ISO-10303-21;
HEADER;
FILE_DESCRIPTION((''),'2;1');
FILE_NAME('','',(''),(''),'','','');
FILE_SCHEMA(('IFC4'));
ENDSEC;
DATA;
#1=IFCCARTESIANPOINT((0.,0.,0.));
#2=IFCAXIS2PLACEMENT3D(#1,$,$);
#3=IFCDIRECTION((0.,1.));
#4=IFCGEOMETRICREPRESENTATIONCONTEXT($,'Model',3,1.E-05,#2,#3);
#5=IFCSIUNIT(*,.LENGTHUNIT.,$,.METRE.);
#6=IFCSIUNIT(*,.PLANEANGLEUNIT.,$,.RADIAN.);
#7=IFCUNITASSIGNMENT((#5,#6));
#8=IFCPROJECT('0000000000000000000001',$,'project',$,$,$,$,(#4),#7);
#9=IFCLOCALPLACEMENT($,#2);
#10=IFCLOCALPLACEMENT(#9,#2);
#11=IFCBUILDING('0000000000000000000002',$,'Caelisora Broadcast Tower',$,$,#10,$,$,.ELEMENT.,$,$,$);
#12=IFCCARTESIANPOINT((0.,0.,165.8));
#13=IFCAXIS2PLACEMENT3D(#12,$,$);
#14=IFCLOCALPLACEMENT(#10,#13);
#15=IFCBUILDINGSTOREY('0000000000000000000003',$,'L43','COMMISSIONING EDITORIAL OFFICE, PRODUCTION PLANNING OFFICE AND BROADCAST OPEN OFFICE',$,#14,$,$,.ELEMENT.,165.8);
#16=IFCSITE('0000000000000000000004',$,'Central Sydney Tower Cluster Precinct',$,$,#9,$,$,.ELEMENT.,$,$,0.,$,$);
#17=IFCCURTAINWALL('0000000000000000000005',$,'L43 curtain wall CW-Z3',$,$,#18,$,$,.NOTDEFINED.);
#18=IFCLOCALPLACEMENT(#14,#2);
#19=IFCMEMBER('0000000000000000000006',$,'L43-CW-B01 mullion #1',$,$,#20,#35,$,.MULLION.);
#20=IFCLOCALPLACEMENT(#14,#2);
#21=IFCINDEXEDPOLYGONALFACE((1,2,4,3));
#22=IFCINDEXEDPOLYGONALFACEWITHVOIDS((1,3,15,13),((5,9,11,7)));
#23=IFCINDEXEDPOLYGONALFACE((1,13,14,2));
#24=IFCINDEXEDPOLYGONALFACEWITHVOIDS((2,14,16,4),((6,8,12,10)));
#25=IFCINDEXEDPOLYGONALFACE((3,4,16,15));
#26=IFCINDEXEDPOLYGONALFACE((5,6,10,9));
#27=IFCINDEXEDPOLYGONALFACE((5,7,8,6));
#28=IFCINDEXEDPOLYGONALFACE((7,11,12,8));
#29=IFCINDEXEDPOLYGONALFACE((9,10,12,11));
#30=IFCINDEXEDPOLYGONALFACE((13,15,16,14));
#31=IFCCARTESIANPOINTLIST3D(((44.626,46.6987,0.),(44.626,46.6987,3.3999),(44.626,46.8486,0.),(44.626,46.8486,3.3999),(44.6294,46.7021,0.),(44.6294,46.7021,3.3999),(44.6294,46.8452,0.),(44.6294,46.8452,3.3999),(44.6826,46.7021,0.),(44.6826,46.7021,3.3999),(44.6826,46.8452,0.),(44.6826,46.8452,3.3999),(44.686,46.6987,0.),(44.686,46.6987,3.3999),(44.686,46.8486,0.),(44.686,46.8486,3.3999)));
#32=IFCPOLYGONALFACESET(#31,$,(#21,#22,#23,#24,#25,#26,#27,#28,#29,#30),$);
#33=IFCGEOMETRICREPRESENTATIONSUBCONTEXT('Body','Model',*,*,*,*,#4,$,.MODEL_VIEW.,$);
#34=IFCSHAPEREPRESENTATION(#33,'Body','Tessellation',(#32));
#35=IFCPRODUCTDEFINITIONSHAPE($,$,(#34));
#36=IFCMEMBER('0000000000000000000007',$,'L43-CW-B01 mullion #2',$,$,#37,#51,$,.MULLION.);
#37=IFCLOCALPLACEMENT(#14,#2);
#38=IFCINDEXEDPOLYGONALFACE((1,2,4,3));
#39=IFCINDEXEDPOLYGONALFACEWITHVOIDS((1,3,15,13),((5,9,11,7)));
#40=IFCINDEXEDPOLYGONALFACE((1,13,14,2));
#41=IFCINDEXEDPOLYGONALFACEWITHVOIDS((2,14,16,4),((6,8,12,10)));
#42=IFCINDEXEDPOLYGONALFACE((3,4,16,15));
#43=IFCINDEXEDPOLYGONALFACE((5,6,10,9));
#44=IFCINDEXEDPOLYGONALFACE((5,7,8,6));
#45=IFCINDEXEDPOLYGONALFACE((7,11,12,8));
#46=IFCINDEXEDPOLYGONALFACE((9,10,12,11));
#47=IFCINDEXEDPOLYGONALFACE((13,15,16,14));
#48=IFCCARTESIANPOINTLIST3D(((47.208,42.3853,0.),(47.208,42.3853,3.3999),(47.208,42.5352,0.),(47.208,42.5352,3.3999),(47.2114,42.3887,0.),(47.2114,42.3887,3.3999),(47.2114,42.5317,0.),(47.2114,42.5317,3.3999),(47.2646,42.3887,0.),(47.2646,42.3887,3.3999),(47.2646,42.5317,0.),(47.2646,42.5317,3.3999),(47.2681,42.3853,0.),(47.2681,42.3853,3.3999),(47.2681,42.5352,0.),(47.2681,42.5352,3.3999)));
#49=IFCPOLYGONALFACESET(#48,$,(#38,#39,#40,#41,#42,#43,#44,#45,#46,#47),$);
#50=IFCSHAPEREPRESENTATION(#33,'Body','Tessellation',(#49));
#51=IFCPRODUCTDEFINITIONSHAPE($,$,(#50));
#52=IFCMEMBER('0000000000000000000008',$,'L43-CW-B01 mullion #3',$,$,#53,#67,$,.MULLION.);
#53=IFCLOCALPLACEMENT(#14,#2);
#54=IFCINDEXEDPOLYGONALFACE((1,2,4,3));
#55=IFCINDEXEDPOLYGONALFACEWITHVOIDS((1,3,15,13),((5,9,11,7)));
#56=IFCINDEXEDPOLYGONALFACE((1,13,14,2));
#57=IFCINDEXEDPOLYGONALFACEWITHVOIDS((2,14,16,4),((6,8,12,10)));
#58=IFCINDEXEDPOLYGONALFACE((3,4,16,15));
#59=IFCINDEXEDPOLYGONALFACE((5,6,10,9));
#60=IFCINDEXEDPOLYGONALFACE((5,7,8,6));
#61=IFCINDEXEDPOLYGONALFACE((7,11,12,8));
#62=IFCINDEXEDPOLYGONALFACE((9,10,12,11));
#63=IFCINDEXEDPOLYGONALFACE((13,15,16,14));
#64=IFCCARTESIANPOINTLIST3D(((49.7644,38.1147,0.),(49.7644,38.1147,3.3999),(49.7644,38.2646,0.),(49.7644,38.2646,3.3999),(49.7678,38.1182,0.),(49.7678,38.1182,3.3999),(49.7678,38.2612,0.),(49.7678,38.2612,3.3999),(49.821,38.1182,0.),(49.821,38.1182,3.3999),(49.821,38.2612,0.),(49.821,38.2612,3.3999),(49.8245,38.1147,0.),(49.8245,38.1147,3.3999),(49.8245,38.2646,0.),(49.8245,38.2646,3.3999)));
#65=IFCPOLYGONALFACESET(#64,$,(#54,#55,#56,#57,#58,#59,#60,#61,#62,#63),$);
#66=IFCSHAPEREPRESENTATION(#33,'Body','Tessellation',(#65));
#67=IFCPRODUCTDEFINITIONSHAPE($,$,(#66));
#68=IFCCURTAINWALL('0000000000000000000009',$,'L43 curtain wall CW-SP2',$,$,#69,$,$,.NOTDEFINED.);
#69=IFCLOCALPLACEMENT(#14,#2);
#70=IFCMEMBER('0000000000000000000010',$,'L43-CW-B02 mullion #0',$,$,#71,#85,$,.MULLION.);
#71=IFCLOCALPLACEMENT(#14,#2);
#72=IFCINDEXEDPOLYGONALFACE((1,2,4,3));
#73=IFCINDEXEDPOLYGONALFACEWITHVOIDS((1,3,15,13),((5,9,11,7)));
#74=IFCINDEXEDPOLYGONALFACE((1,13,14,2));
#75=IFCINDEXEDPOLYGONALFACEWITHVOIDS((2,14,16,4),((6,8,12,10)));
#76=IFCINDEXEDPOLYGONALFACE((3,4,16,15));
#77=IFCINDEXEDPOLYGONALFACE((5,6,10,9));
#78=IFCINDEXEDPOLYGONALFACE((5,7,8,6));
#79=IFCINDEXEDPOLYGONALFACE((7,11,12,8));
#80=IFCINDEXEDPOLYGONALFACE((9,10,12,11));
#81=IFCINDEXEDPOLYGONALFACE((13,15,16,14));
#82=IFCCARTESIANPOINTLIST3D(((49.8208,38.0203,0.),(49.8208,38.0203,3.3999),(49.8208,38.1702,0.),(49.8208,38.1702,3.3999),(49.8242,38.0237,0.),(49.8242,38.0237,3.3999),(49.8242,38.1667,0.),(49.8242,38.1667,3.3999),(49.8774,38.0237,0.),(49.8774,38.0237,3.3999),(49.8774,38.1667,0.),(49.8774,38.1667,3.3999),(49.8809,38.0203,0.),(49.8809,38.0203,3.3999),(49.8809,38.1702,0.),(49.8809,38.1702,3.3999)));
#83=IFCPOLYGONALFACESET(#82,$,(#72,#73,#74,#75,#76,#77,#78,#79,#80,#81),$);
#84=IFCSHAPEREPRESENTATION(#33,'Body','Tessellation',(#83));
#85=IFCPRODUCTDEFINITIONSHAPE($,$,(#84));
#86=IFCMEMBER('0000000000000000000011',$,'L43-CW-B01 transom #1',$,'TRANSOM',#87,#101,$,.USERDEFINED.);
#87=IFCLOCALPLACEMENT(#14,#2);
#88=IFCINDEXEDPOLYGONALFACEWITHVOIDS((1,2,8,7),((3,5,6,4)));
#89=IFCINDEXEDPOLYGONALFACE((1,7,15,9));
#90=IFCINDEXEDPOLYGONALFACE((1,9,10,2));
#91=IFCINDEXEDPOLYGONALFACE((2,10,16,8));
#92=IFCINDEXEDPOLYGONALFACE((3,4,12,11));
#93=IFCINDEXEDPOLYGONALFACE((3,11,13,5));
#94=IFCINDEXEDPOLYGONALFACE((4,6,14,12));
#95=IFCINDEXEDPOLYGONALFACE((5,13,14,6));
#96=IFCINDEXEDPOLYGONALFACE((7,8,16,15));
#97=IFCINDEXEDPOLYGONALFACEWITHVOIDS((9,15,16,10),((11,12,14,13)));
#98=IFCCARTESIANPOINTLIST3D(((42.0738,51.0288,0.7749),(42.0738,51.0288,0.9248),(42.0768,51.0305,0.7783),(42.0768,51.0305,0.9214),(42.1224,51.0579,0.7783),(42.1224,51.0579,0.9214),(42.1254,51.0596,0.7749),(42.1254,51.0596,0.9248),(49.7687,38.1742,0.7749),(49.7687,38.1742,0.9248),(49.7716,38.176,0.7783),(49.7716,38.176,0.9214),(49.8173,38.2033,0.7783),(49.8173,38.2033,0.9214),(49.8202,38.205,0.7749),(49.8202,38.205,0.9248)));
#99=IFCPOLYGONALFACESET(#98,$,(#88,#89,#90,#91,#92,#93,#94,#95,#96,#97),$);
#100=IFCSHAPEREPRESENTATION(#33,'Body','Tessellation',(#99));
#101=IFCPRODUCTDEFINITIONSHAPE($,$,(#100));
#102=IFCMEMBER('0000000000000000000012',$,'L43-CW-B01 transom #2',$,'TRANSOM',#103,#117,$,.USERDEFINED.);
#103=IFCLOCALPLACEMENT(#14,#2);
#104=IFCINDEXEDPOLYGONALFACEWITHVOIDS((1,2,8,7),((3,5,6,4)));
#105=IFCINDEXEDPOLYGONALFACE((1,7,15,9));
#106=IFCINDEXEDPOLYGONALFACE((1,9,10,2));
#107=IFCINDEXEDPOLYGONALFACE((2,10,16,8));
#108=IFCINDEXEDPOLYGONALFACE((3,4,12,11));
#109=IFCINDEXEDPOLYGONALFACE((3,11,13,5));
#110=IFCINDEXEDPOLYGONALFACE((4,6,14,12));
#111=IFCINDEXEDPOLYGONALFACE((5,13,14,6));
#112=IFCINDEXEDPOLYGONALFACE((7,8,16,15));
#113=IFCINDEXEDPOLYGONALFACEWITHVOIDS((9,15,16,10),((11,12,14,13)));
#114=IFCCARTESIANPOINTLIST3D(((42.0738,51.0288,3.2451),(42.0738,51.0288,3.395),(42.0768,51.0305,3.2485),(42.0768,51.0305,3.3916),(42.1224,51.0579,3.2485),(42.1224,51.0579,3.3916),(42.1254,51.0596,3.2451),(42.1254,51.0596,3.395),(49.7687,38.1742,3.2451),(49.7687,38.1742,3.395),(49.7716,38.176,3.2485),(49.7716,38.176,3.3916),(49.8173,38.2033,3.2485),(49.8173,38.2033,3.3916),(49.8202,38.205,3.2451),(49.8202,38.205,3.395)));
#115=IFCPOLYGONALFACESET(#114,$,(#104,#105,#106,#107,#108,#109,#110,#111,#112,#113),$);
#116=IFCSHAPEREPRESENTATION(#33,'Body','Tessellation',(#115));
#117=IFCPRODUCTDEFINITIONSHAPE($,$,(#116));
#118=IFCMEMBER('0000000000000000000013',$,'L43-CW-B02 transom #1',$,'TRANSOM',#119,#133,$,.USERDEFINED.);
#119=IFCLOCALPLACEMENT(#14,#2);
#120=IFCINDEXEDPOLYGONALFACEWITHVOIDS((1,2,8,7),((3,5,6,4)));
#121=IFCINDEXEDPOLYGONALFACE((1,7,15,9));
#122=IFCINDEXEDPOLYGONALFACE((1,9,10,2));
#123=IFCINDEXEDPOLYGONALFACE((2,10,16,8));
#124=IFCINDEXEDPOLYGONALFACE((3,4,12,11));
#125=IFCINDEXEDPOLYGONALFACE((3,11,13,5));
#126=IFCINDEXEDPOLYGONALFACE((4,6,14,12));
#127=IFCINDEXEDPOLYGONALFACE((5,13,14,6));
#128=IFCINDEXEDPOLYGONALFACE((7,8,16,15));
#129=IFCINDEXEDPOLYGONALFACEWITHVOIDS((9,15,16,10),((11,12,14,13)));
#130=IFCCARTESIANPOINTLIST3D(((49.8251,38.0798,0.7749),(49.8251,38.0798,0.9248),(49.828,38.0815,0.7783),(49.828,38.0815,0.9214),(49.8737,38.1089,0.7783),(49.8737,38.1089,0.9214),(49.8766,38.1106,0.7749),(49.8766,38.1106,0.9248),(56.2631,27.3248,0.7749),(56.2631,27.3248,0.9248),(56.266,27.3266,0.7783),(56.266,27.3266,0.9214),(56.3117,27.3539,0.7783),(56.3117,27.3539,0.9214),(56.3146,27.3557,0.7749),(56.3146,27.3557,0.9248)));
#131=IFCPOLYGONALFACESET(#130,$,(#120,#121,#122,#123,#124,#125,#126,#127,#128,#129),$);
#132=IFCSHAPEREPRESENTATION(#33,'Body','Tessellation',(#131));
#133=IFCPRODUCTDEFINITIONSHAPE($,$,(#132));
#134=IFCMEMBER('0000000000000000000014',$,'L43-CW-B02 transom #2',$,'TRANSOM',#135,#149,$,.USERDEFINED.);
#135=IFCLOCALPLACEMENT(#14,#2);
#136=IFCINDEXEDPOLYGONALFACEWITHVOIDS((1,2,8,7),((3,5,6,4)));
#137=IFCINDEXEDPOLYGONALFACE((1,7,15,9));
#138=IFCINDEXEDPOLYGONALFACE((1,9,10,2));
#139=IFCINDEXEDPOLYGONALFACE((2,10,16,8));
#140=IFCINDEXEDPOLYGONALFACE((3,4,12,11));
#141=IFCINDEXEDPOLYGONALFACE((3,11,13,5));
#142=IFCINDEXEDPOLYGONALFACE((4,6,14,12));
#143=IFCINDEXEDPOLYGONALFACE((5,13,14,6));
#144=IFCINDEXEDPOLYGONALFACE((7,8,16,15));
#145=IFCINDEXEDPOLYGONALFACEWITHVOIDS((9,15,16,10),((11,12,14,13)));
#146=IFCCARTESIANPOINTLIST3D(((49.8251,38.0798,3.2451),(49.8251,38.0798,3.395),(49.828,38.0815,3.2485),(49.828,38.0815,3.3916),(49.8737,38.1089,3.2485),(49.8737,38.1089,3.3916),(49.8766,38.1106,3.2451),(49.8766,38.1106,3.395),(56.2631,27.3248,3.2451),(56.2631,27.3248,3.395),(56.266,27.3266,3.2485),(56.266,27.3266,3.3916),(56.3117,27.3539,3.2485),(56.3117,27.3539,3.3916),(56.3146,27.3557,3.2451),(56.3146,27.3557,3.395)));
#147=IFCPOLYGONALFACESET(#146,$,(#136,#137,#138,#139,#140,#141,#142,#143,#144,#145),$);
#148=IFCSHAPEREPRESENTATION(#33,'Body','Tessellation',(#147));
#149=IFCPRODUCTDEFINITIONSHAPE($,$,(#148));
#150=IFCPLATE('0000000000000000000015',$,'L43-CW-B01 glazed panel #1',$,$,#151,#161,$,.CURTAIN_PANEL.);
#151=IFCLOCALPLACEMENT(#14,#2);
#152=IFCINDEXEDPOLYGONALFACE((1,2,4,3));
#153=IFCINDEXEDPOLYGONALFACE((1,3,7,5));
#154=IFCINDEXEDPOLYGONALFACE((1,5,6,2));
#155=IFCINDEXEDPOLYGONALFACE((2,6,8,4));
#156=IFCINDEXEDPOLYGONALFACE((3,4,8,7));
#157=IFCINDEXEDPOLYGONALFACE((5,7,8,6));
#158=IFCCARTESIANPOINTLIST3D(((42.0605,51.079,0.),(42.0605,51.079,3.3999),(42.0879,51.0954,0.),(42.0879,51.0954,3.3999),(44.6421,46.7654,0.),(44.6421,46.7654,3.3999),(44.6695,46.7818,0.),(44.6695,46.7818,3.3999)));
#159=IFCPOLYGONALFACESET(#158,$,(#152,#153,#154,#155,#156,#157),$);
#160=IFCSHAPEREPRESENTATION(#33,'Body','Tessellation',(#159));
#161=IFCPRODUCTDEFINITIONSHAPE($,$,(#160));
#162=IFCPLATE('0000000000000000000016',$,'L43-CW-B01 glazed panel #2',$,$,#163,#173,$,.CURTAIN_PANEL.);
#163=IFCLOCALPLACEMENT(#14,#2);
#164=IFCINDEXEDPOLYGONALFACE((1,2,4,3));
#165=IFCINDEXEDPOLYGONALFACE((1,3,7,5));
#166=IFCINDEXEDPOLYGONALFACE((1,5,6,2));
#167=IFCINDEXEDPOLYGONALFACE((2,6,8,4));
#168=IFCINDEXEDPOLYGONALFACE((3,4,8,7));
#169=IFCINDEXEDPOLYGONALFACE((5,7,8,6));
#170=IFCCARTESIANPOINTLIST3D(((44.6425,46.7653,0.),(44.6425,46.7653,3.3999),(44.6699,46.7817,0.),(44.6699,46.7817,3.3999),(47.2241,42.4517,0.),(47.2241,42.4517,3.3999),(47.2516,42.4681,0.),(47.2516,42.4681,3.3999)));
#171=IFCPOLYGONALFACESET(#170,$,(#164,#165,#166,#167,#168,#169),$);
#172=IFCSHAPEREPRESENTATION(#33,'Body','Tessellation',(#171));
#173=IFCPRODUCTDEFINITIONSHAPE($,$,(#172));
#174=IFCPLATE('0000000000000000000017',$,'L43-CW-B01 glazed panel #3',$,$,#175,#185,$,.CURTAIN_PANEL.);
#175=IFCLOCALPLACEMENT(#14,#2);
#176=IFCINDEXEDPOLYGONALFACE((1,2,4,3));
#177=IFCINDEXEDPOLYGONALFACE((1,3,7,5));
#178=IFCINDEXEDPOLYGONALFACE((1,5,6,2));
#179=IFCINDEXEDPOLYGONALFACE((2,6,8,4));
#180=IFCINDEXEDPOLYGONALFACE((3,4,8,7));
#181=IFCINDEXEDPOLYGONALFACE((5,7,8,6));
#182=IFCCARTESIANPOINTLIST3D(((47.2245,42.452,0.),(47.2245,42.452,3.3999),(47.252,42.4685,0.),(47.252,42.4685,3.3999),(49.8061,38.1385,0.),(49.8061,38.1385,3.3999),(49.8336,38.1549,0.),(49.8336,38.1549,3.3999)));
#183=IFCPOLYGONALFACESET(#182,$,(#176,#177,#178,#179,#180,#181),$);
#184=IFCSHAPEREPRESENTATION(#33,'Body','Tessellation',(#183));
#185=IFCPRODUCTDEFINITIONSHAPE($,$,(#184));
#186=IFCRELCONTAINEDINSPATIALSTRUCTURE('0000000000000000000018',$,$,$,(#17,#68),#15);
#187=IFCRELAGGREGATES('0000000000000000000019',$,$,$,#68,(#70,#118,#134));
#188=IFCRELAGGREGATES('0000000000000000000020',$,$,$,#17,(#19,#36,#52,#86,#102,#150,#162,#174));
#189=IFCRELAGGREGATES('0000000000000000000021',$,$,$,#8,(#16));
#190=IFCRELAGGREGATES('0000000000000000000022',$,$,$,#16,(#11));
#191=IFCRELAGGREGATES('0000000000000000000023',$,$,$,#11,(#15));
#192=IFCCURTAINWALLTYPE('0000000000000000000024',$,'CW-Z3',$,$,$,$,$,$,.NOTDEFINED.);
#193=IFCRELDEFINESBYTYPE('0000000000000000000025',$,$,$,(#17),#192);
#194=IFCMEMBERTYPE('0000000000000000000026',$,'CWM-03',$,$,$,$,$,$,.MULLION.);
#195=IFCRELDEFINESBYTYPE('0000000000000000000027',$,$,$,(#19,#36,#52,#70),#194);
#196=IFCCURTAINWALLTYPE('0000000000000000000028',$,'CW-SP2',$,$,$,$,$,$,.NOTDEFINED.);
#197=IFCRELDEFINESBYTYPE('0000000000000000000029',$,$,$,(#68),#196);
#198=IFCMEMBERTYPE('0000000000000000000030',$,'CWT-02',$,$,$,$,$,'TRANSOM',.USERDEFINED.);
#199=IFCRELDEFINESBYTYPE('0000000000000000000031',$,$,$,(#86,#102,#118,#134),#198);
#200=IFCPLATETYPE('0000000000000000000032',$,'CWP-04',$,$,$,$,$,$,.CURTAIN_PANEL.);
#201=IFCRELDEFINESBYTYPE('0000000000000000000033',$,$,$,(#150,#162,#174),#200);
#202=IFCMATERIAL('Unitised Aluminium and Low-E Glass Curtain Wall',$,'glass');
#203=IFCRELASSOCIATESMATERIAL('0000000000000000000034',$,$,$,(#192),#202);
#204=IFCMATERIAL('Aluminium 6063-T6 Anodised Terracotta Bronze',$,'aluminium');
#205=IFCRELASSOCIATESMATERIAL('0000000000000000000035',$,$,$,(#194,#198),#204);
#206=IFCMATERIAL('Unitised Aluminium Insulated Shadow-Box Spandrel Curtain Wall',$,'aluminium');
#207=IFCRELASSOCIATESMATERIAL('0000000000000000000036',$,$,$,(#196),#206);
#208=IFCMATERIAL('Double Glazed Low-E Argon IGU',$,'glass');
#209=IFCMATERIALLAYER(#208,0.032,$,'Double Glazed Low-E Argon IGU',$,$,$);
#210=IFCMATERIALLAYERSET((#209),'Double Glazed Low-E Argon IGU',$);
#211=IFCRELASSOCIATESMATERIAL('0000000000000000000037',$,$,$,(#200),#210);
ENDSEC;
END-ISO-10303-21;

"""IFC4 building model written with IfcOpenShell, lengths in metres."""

from ifc_helpers import new_model, si_unit, direction, frame, origin, origin_2d, place, context, subcontext, project, spatial, rectangle, hollow_rectangle, extrude, source, transform, mapped, material, layer, layer_set, material_profile, profile_set, type_object, type_shapes, element, aggregate, save


model = new_model("IFC4")

# Units and contexts
model_context = context("Model", 3, precision=1e-05, world=origin(), true_north=direction((0.0, 1.0)))
body_context = subcontext(model_context, "Body", "Model", "MODEL_VIEW")
ifc_project = project(units=[si_unit("LENGTHUNIT", "METRE"), si_unit("PLANEANGLEUNIT", "RADIAN")], contexts=[model_context])

# Site, building, storey
site_placement = place(None, origin())
site = spatial("IfcSite", under=ifc_project, at=site_placement, Name="Central Sydney Tower Cluster Precinct", CompositionType="ELEMENT", RefElevation=0.0)
building_placement = place(site_placement, origin())
building = spatial("IfcBuilding", under=site, at=building_placement, Name="Caelisora Broadcast Tower", CompositionType="ELEMENT")
storey_placement = place(building_placement, frame((0.0, 0.0, 165.8)))
storey = spatial("IfcBuildingStorey", under=building, at=storey_placement, Name="L43", Description="COMMISSIONING EDITORIAL OFFICE, PRODUCTION PLANNING OFFICE AND BROADCAST OPEN OFFICE", CompositionType="ELEMENT", Elevation=165.8)

# Curtain wall, members
ifc_material_1 = material(Name="Unitised Aluminium and Low-E Glass Curtain Wall", Category="glass")
curtain_wall_type_1 = type_object("IfcCurtainWallType", Name="CW-Z3", PredefinedType="NOTDEFINED", material=ifc_material_1)
curtain_wall_1_placement = place(storey_placement, origin())
curtain_wall_1 = element("IfcCurtainWall", 1, at=curtain_wall_1_placement, inside=storey, type_object=curtain_wall_type_1, Name="L43 curtain wall CW-Z3", PredefinedType="NOTDEFINED")
ifc_material_2 = material(Name="Aluminium 6063-T6 Anodised Terracotta Bronze", Category="aluminium")
ifc_material_profile_1 = material_profile(ifc_material_2, hollow_rectangle(XDim=0.0601, YDim=0.1499, WallThickness=0.0034, at=origin_2d()), Name="Aluminium 6063-T6 Anodised Terracotta Bronze")
ifc_profile_set_1 = profile_set([ifc_material_profile_1], Name="Aluminium 6063-T6 Anodised Terracotta Bronze")
member_type_1 = type_object("IfcMemberType", Name="CWM-03", PredefinedType="MULLION", material=ifc_profile_set_1)
shared_shape_1 = source(origin(), body_context, "Body", "SweptSolid", [
    extrude(hollow_rectangle(XDim=0.0601, YDim=0.1499, WallThickness=0.0034, at=origin_2d()), origin(), (0.0, 0.0, 1.0), 3.3999),
])
type_shapes(member_type_1, [shared_shape_1])
member_1_placement = place(storey_placement, frame((44.656, 46.7737, 0.0), z_axis=(0.0, 0.0, 1.0), x_axis=(1.0, 0.0, 0.0)))
member_1 = element("IfcMember", 2, at=member_1_placement, type_object=member_type_1, Name="L43-CW-B01 mullion #1", PredefinedType="MULLION", context=body_context, shape_type="MappedRepresentation", body=[
    mapped(shared_shape_1, transform((0.0, 0.0, 0.0), scale=1.0)),
])
member_2_placement = place(storey_placement, frame((47.238, 42.4602, 0.0), z_axis=(0.0, 0.0, 1.0), x_axis=(1.0, 0.0, 0.0)))
member_2 = element("IfcMember", 3, at=member_2_placement, type_object=member_type_1, Name="L43-CW-B01 mullion #2", PredefinedType="MULLION", context=body_context, shape_type="MappedRepresentation", body=[
    mapped(shared_shape_1, transform((0.0, 0.0, 0.0), scale=1.0)),
])
member_3_placement = place(storey_placement, frame((49.7944, 38.1897, 0.0), z_axis=(0.0, 0.0, 1.0), x_axis=(1.0, 0.0, 0.0)))
member_3 = element("IfcMember", 4, at=member_3_placement, type_object=member_type_1, Name="L43-CW-B01 mullion #3", PredefinedType="MULLION", context=body_context, shape_type="MappedRepresentation", body=[
    mapped(shared_shape_1, transform((0.0, 0.0, 0.0), scale=1.0)),
])

# Curtain wall, member
ifc_material_3 = material(Name="Unitised Aluminium Insulated Shadow-Box Spandrel Curtain Wall", Category="aluminium")
curtain_wall_type_2 = type_object("IfcCurtainWallType", Name="CW-SP2", PredefinedType="NOTDEFINED", material=ifc_material_3)
curtain_wall_2_placement = place(storey_placement, origin())
curtain_wall_2 = element("IfcCurtainWall", 5, at=curtain_wall_2_placement, inside=storey, type_object=curtain_wall_type_2, Name="L43 curtain wall CW-SP2", PredefinedType="NOTDEFINED")
member_4_placement = place(storey_placement, frame((49.8508, 38.0952, 0.0), z_axis=(0.0, 0.0, 1.0), x_axis=(1.0, 0.0, 0.0)))
member_4 = element("IfcMember", 6, at=member_4_placement, type_object=member_type_1, Name="L43-CW-B02 mullion #0", PredefinedType="MULLION", context=body_context, shape_type="MappedRepresentation", body=[
    mapped(shared_shape_1, transform((0.0, 0.0, 0.0), scale=1.0)),
])

# Members
ifc_material_profile_2 = material_profile(ifc_material_2, hollow_rectangle(XDim=0.0601, YDim=0.1499, WallThickness=0.0034, at=origin_2d()), Name="Aluminium 6063-T6 Anodised Terracotta Bronze")
ifc_profile_set_2 = profile_set([ifc_material_profile_2], Name="Aluminium 6063-T6 Anodised Terracotta Bronze")
member_type_2 = type_object("IfcMemberType", Name="CWT-02", ElementType="TRANSOM", PredefinedType="USERDEFINED", material=ifc_profile_set_2)
shared_shape_2 = source(origin(), body_context, "Body", "SweptSolid", [
    extrude(hollow_rectangle(XDim=0.0601, YDim=0.1499, WallThickness=0.0034, at=origin_2d()), origin(), (0.0, 0.0, 1.0), 14.9817),
])
member_5_placement = place(storey_placement, frame((42.0996, 51.0442, 0.8499), z_axis=(0.513618, -0.858019, 0.0), x_axis=(0.858019, 0.513618, 0.0)))
member_5 = element("IfcMember", 7, at=member_5_placement, type_object=member_type_2, Name="L43-CW-B01 transom #1", ObjectType="TRANSOM", PredefinedType="USERDEFINED", context=body_context, shape_type="MappedRepresentation", body=[
    mapped(shared_shape_2, transform((0.0, 0.0, 0.0), scale=1.0)),
])
member_6_placement = place(storey_placement, frame((42.0996, 51.0442, 3.3201), z_axis=(0.513618, -0.858019, 0.0), x_axis=(0.858019, 0.513618, 0.0)))
member_6 = element("IfcMember", 8, at=member_6_placement, type_object=member_type_2, Name="L43-CW-B01 transom #2", ObjectType="TRANSOM", PredefinedType="USERDEFINED", context=body_context, shape_type="MappedRepresentation", body=[
    mapped(shared_shape_2, transform((0.0, 0.0, 0.0), scale=1.0)),
])
shared_shape_3 = source(origin(), body_context, "Body", "SweptSolid", [
    extrude(hollow_rectangle(XDim=0.0601, YDim=0.1499, WallThickness=0.0034, at=origin_2d()), origin(), (0.0, 0.0, 1.0), 12.5347),
])
type_shapes(member_type_2, [shared_shape_2, shared_shape_3])
member_7_placement = place(storey_placement, frame((49.8508, 38.0952, 0.8499), z_axis=(0.513619, -0.858018, 0.0), x_axis=(0.858018, 0.513619, 0.0)))
member_7 = element("IfcMember", 9, at=member_7_placement, type_object=member_type_2, Name="L43-CW-B02 transom #1", ObjectType="TRANSOM", PredefinedType="USERDEFINED", context=body_context, shape_type="MappedRepresentation", body=[
    mapped(shared_shape_3, transform((0.0, 0.0, 0.0), scale=1.0)),
])
member_8_placement = place(storey_placement, frame((49.8508, 38.0952, 3.3201), z_axis=(0.513619, -0.858018, 0.0), x_axis=(0.858018, 0.513619, 0.0)))
member_8 = element("IfcMember", 10, at=member_8_placement, type_object=member_type_2, Name="L43-CW-B02 transom #2", ObjectType="TRANSOM", PredefinedType="USERDEFINED", context=body_context, shape_type="MappedRepresentation", body=[
    mapped(shared_shape_3, transform((0.0, 0.0, 0.0), scale=1.0)),
])
aggregate(curtain_wall_2, [member_4, member_7, member_8])

# Plates
ifc_material_4 = material(Name="Double Glazed Low-E Argon IGU", Category="glass")
ifc_layer_1 = layer(ifc_material_4, 0.032, Name="Double Glazed Low-E Argon IGU")
ifc_layer_set_1 = layer_set([ifc_layer_1], Name="Double Glazed Low-E Argon IGU")
plate_type = type_object("IfcPlateType", Name="CWP-04", PredefinedType="CURTAIN_PANEL", material=ifc_layer_set_1)
shared_shape_4 = source(origin(), body_context, "Body", "SweptSolid", [
    extrude(rectangle(XDim=5.0271, YDim=0.032, at=origin_2d()), origin(), (0.0, 0.0, 1.0), 3.3999),
])
type_shapes(plate_type, [shared_shape_4])
plate_1_placement = place(storey_placement, frame((43.365, 48.9304, 0.0), z_axis=(0.0, 0.0, 1.0), x_axis=(0.513541, -0.858065, 0.0)))
plate_1 = element("IfcPlate", 11, at=plate_1_placement, type_object=plate_type, Name="L43-CW-B01 glazed panel #1", PredefinedType="CURTAIN_PANEL", context=body_context, shape_type="MappedRepresentation", body=[
    mapped(shared_shape_4, transform((0.0, 0.0, 0.0), scale=1.0)),
])
plate_2_placement = place(storey_placement, frame((45.947, 44.6167, 0.0), z_axis=(0.0, 0.0, 1.0), x_axis=(0.513541, -0.858065, 0.0)))
plate_2 = element("IfcPlate", 12, at=plate_2_placement, type_object=plate_type, Name="L43-CW-B01 glazed panel #2", PredefinedType="CURTAIN_PANEL", context=body_context, shape_type="MappedRepresentation", body=[
    mapped(shared_shape_4, transform((0.0, 0.0, 0.0), scale=1.0)),
])
plate_3_placement = place(storey_placement, frame((48.5291, 40.3035, 0.0), z_axis=(0.0, 0.0, 1.0), x_axis=(0.513541, -0.858065, 0.0)))
plate_3 = element("IfcPlate", 13, at=plate_3_placement, type_object=plate_type, Name="L43-CW-B01 glazed panel #3", PredefinedType="CURTAIN_PANEL", context=body_context, shape_type="MappedRepresentation", body=[
    mapped(shared_shape_4, transform((0.0, 0.0, 0.0), scale=1.0)),
])
aggregate(curtain_wall_1, [member_1, member_2, member_3, member_5, member_6, plate_1, plate_2, plate_3])

save(model, "model.ifc")
